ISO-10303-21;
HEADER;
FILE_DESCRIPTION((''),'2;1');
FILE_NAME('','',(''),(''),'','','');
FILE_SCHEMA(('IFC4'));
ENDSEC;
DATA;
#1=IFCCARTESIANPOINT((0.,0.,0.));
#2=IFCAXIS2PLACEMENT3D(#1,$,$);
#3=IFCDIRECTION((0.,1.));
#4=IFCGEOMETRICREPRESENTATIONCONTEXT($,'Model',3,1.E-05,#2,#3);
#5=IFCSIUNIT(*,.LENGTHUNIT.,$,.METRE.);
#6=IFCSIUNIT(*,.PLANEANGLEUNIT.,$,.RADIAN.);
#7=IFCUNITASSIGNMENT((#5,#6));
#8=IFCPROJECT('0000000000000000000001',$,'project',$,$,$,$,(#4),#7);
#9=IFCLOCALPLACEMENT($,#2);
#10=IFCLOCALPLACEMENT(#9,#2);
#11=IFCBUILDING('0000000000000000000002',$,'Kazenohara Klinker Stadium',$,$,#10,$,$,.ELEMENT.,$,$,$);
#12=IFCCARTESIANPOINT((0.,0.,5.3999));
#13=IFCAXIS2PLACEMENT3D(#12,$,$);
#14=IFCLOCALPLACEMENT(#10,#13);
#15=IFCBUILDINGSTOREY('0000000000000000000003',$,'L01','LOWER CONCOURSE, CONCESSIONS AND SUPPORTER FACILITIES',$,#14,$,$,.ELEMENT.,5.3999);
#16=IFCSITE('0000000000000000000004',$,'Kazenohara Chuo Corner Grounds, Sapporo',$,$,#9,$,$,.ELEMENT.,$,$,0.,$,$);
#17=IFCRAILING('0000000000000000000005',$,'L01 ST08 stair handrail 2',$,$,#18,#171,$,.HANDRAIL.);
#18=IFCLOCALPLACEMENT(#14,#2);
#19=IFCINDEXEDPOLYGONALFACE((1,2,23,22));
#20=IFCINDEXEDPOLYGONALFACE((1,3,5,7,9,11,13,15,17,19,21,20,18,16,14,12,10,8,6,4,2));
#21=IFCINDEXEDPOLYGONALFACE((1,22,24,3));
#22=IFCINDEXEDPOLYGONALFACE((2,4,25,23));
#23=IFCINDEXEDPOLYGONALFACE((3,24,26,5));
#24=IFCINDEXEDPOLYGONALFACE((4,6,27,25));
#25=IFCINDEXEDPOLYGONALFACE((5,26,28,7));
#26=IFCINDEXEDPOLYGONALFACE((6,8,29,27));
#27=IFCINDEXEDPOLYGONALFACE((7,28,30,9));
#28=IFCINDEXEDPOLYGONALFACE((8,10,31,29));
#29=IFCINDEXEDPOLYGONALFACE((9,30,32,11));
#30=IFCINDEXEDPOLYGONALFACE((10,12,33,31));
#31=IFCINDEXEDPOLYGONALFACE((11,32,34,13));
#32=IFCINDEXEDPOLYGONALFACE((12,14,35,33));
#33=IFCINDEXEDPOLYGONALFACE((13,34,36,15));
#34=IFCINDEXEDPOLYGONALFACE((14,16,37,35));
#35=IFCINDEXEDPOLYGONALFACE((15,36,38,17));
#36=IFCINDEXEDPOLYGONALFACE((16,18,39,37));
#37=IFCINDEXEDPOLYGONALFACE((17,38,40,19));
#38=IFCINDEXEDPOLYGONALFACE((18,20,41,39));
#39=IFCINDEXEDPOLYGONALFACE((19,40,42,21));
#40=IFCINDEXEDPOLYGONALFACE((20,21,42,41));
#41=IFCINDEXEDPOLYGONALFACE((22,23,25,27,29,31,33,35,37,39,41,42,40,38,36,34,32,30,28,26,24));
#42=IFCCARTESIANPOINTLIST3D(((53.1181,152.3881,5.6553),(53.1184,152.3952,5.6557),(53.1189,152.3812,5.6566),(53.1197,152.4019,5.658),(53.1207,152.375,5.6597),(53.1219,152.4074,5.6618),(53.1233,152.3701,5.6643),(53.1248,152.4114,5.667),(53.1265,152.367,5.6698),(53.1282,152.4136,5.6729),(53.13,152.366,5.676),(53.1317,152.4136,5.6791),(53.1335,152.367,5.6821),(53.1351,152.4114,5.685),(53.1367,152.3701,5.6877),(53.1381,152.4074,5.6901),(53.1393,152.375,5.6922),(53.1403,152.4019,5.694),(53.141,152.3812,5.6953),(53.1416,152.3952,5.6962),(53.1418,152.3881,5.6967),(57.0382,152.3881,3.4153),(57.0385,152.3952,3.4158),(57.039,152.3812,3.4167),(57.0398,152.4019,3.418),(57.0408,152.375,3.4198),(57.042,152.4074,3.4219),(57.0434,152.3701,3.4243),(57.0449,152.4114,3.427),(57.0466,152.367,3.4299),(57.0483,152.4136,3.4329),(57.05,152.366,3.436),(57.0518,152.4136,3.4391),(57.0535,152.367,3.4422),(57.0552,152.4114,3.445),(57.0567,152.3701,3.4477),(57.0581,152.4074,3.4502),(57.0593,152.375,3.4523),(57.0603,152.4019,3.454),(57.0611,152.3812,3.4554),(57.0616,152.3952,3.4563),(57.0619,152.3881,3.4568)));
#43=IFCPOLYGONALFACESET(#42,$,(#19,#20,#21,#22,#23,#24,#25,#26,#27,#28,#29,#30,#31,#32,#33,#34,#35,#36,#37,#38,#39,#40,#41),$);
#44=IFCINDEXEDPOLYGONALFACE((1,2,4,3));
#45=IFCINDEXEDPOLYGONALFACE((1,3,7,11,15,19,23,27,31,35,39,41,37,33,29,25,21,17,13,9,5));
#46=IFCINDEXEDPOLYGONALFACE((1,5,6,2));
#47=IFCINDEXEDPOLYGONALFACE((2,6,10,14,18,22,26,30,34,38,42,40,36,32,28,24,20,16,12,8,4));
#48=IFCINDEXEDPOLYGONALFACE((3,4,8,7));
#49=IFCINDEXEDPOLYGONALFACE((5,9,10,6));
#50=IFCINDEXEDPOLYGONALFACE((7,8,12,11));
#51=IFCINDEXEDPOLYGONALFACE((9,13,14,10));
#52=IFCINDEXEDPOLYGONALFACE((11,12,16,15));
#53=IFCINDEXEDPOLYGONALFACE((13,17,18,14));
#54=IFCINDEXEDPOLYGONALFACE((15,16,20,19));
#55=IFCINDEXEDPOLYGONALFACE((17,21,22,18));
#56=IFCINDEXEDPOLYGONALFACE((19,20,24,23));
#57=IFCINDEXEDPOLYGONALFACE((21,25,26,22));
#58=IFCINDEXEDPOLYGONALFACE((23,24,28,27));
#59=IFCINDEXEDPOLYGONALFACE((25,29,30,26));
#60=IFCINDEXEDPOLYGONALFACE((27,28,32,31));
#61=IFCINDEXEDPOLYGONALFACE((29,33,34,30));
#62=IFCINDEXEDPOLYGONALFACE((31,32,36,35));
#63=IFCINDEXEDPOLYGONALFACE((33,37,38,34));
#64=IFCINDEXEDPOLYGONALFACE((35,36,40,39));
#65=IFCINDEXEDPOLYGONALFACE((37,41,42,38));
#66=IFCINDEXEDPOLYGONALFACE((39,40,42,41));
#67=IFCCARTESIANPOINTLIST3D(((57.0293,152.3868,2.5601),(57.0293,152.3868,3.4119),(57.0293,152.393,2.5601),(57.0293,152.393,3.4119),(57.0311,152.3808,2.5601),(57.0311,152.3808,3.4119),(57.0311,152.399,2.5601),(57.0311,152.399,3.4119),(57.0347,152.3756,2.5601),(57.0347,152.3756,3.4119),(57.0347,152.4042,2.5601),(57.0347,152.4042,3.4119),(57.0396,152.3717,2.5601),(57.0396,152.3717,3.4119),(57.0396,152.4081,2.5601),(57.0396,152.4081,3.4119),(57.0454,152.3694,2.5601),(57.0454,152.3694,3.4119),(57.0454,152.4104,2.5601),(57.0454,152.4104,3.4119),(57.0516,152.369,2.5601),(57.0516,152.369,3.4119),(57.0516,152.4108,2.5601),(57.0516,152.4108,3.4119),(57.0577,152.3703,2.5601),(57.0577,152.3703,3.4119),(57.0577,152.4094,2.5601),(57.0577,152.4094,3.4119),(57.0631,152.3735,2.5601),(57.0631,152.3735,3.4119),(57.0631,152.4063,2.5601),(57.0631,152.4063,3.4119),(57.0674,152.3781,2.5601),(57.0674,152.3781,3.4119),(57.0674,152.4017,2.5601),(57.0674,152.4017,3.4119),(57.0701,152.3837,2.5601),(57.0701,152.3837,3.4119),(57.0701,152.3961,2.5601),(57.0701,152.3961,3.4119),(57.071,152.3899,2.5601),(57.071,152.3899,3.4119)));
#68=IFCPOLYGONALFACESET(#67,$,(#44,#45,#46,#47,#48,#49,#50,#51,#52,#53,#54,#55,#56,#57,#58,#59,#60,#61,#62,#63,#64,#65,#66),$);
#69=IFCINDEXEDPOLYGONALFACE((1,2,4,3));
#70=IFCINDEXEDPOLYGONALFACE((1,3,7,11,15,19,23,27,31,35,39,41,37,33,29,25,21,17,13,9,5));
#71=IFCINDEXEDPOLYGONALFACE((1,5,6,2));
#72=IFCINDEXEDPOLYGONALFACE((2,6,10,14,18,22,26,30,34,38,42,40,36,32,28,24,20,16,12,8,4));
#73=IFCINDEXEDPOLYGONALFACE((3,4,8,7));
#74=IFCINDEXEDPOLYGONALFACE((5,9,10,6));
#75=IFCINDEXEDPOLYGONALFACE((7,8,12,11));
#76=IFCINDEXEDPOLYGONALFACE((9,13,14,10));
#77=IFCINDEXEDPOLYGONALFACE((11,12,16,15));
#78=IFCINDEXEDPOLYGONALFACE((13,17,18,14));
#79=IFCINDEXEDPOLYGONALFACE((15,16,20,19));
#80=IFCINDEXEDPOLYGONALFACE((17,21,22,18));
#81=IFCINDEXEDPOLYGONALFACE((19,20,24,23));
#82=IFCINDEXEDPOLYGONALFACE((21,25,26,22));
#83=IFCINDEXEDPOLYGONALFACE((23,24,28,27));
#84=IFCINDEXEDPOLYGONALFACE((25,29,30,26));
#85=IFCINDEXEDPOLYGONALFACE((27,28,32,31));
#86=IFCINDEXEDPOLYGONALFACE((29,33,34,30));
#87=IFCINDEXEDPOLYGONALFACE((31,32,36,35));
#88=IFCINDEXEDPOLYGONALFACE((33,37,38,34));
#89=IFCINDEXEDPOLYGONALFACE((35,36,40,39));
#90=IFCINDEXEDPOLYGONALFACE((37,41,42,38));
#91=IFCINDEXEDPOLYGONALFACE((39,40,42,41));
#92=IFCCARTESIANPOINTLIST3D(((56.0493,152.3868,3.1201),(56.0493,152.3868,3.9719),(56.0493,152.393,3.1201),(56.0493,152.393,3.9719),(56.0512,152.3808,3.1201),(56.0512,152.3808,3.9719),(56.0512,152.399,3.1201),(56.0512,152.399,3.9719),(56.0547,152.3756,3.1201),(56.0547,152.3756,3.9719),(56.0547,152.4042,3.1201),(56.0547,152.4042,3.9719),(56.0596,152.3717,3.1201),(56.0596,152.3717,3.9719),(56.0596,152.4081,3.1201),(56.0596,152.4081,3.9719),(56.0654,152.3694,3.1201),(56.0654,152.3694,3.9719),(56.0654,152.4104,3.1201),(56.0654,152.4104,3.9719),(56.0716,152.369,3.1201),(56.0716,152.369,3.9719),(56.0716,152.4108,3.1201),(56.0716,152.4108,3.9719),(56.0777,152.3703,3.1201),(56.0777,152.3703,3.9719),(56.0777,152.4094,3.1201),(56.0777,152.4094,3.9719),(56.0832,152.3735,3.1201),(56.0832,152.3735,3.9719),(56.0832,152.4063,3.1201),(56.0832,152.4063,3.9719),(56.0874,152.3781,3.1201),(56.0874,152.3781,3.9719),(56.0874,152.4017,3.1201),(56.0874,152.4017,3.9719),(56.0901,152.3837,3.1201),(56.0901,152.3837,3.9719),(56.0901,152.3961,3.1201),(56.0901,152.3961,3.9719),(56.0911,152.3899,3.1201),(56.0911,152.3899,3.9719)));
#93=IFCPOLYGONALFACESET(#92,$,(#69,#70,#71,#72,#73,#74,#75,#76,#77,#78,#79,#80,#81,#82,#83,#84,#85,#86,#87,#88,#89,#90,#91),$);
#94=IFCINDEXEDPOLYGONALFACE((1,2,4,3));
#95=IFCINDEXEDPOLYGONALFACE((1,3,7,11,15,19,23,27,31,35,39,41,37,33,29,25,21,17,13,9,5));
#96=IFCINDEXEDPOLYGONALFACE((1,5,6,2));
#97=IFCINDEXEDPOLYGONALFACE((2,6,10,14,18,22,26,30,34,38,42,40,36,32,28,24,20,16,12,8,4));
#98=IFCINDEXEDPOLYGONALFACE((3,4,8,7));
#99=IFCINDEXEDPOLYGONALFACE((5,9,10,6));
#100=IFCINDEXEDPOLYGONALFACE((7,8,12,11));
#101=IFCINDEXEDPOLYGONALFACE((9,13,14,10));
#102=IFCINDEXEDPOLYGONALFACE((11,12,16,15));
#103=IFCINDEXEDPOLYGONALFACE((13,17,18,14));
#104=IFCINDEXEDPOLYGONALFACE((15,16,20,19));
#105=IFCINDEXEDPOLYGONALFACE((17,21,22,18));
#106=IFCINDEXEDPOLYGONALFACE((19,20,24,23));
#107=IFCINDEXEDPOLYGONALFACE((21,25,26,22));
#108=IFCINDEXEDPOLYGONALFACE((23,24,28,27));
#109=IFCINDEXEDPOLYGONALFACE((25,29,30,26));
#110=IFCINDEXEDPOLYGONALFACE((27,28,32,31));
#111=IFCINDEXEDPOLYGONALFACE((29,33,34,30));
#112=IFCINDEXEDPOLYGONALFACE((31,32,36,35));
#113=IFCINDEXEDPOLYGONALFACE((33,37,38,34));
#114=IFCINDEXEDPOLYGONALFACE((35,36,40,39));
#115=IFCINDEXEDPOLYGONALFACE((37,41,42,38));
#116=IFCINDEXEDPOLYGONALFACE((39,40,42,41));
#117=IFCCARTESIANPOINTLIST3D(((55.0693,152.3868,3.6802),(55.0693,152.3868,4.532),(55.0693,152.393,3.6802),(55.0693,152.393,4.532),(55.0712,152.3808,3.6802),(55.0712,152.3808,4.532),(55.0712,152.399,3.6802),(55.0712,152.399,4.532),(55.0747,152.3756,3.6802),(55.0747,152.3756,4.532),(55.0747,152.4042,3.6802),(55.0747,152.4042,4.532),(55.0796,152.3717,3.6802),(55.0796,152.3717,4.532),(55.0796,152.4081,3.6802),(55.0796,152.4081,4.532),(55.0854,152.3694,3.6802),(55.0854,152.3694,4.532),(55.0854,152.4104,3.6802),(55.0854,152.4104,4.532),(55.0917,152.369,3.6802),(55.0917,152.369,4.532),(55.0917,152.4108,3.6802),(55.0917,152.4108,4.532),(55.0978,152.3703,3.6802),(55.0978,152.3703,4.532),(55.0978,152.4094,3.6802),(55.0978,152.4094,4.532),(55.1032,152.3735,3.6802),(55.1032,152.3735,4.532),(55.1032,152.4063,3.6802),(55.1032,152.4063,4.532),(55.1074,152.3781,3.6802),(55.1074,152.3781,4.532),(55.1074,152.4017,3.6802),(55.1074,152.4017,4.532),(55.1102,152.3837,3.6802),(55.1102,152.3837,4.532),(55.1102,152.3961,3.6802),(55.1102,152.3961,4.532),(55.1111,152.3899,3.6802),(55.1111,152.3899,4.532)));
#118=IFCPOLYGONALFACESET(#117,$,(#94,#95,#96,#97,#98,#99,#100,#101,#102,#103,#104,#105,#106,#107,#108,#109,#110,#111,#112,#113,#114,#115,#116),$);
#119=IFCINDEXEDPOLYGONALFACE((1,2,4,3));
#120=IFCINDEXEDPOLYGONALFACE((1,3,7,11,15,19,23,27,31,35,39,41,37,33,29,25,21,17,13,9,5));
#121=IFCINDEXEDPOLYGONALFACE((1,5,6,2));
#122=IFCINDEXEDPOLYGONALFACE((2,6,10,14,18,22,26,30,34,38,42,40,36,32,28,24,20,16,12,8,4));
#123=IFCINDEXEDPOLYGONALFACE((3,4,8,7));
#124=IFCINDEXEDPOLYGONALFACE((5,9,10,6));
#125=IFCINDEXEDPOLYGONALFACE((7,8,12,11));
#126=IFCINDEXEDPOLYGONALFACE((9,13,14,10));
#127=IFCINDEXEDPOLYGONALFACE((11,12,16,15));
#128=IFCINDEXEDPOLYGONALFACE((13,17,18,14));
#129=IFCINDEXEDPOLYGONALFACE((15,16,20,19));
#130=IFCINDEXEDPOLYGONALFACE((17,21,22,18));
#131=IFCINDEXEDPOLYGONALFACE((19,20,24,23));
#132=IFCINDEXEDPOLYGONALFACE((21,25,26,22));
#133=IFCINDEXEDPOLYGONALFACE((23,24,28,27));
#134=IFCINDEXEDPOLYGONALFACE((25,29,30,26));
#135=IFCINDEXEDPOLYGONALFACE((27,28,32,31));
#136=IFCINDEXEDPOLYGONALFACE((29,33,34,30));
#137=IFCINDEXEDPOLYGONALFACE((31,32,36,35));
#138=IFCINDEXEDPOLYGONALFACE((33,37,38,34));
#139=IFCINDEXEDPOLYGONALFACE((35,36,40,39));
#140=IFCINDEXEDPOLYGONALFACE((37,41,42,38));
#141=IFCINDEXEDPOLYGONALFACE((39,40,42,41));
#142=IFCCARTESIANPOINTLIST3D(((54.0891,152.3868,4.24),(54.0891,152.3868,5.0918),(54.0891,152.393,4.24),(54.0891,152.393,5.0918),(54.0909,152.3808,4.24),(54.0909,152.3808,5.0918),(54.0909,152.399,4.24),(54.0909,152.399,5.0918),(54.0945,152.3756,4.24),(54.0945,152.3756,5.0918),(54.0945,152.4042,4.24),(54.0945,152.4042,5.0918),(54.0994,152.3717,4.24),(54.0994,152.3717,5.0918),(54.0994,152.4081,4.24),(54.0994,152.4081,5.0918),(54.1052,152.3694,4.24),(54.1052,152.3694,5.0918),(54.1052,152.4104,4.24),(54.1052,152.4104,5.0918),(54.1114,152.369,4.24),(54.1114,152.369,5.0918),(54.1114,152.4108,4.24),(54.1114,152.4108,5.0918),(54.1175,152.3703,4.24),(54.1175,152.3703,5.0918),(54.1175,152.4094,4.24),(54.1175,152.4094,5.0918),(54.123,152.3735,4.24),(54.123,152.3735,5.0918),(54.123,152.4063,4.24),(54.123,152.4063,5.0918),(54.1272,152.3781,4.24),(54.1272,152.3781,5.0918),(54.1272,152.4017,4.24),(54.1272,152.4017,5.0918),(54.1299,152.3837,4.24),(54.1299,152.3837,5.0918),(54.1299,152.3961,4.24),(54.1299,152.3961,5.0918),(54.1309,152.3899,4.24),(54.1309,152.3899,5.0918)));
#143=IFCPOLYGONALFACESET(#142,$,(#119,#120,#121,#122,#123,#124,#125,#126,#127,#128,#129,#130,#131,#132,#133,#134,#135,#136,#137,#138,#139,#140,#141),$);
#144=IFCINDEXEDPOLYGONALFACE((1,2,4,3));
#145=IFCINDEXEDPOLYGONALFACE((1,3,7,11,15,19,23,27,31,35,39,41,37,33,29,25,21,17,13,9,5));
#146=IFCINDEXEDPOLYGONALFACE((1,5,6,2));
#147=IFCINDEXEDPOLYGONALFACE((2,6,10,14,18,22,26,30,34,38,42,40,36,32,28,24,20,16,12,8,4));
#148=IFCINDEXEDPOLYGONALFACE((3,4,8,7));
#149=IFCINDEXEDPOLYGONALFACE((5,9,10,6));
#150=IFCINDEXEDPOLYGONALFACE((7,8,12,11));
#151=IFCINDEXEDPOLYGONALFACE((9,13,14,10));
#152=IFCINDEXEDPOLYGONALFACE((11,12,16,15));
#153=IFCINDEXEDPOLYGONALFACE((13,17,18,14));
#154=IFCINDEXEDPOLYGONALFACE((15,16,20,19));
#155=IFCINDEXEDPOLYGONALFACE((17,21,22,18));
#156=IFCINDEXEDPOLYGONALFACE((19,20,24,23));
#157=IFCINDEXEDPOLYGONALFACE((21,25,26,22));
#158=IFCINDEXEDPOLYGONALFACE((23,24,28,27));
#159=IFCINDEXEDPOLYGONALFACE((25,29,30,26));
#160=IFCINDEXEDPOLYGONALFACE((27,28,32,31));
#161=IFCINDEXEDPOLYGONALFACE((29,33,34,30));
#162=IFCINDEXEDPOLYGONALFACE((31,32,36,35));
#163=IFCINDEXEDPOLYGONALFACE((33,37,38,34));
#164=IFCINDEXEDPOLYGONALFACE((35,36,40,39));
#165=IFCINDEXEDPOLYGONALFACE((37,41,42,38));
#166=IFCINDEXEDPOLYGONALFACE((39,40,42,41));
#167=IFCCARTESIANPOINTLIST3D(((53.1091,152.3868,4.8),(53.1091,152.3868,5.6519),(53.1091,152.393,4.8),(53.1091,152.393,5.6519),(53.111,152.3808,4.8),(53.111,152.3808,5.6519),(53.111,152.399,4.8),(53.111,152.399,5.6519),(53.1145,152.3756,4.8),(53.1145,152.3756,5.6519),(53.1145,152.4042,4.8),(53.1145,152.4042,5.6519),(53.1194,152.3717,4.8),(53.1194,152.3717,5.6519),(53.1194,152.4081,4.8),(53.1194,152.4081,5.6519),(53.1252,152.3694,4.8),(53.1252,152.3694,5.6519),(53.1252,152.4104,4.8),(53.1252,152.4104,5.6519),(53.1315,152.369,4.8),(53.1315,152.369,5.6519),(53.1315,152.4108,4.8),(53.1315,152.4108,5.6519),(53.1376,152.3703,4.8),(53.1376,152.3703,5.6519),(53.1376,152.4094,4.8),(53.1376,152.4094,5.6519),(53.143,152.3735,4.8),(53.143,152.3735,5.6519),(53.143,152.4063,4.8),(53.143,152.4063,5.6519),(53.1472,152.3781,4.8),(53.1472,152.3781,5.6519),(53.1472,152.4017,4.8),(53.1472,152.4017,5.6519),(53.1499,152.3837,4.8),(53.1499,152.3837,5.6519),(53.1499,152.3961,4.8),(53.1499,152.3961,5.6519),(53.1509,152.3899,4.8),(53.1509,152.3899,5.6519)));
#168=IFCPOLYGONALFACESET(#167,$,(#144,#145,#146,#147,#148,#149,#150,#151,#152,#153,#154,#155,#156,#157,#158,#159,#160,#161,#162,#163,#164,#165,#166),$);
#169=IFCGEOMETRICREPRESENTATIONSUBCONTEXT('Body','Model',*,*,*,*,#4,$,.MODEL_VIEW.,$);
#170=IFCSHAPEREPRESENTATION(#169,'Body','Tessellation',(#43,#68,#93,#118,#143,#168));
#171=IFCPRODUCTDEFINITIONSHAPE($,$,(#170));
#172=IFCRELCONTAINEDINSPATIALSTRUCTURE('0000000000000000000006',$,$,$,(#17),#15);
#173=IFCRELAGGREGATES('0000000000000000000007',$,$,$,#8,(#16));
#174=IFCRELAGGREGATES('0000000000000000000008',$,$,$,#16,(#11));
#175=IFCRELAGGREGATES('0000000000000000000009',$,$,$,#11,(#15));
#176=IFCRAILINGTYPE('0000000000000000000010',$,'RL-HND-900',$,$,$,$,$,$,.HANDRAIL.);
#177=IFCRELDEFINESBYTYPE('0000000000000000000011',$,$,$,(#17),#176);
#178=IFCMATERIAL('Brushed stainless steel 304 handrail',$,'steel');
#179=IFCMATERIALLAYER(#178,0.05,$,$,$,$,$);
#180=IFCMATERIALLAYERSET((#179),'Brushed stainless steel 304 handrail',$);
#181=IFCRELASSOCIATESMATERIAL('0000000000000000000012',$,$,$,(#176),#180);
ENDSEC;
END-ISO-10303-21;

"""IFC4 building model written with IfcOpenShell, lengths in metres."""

from ifc_helpers import new_model, si_unit, direction, frame, origin, origin_2d, place, context, subcontext, project, spatial, circle, extrude, material, layer, layer_set, type_object, element, save


model = new_model("IFC4")

# Units and contexts
model_context = context("Model", 3, precision=1e-05, world=origin(), true_north=direction((0.0, 1.0)))
body_context = subcontext(model_context, "Body", "Model", "MODEL_VIEW")
ifc_project = project(units=[si_unit("LENGTHUNIT", "METRE"), si_unit("PLANEANGLEUNIT", "RADIAN")], contexts=[model_context])

# Site, building, storey
site_placement = place(None, origin())
site = spatial("IfcSite", under=ifc_project, at=site_placement, Name="Kazenohara Chuo Corner Grounds, Sapporo", CompositionType="ELEMENT", RefElevation=0.0)
building_placement = place(site_placement, origin())
building = spatial("IfcBuilding", under=site, at=building_placement, Name="Kazenohara Klinker Stadium", CompositionType="ELEMENT")
storey_placement = place(building_placement, frame((0.0, 0.0, 5.3999)))
storey = spatial("IfcBuildingStorey", under=building, at=storey_placement, Name="L01", Description="LOWER CONCOURSE, CONCESSIONS AND SUPPORTER FACILITIES", CompositionType="ELEMENT", Elevation=5.3999)

# Railing
ifc_material_1 = material(Name="Brushed stainless steel 304 handrail", Category="steel")
ifc_layer_1 = layer(ifc_material_1, 0.05)
ifc_layer_set_1 = layer_set([ifc_layer_1], Name="Brushed stainless steel 304 handrail")
railing_type_1 = type_object("IfcRailingType", Name="RL-HND-900", PredefinedType="HANDRAIL", material=ifc_layer_set_1)
railing_1_placement = place(storey_placement, frame((57.05, 152.3899, 2.5601)))
element("IfcRailing", 1, at=railing_1_placement, inside=storey, type_object=railing_type_1, Name="L01 ST08 stair handrail 2", PredefinedType="HANDRAIL", context=body_context, shape_type="SweptSolid", body=[
    extrude(circle(Radius=0.0239, at=origin_2d()), frame((0.0, 0.0, 0.876), z_axis=(-0.868253, 0.0, 0.496121), x_axis=(0.0, -1.0, 0.0)), (0.0, 0.0, 1.0), 4.5149),
    extrude(circle(Radius=0.021, at=origin_2d()), origin(), (0.0, 0.0, 1.0), 0.8518),
    extrude(circle(Radius=0.021, at=origin_2d()), frame((-0.98, 0.0, 0.5601)), (0.0, 0.0, 1.0), 0.8518),
    extrude(circle(Radius=0.021, at=origin_2d()), frame((-1.96, 0.0, 1.1201)), (0.0, 0.0, 1.0), 0.8518),
    extrude(circle(Radius=0.021, at=origin_2d()), frame((-2.9402, 0.0, 1.6799)), (0.0, 0.0, 1.0), 0.8518),
    extrude(circle(Radius=0.021, at=origin_2d()), frame((-3.9202, 0.0, 2.24)), (0.0, 0.0, 1.0), 0.8518),
])

save(model, "model.ifc")
